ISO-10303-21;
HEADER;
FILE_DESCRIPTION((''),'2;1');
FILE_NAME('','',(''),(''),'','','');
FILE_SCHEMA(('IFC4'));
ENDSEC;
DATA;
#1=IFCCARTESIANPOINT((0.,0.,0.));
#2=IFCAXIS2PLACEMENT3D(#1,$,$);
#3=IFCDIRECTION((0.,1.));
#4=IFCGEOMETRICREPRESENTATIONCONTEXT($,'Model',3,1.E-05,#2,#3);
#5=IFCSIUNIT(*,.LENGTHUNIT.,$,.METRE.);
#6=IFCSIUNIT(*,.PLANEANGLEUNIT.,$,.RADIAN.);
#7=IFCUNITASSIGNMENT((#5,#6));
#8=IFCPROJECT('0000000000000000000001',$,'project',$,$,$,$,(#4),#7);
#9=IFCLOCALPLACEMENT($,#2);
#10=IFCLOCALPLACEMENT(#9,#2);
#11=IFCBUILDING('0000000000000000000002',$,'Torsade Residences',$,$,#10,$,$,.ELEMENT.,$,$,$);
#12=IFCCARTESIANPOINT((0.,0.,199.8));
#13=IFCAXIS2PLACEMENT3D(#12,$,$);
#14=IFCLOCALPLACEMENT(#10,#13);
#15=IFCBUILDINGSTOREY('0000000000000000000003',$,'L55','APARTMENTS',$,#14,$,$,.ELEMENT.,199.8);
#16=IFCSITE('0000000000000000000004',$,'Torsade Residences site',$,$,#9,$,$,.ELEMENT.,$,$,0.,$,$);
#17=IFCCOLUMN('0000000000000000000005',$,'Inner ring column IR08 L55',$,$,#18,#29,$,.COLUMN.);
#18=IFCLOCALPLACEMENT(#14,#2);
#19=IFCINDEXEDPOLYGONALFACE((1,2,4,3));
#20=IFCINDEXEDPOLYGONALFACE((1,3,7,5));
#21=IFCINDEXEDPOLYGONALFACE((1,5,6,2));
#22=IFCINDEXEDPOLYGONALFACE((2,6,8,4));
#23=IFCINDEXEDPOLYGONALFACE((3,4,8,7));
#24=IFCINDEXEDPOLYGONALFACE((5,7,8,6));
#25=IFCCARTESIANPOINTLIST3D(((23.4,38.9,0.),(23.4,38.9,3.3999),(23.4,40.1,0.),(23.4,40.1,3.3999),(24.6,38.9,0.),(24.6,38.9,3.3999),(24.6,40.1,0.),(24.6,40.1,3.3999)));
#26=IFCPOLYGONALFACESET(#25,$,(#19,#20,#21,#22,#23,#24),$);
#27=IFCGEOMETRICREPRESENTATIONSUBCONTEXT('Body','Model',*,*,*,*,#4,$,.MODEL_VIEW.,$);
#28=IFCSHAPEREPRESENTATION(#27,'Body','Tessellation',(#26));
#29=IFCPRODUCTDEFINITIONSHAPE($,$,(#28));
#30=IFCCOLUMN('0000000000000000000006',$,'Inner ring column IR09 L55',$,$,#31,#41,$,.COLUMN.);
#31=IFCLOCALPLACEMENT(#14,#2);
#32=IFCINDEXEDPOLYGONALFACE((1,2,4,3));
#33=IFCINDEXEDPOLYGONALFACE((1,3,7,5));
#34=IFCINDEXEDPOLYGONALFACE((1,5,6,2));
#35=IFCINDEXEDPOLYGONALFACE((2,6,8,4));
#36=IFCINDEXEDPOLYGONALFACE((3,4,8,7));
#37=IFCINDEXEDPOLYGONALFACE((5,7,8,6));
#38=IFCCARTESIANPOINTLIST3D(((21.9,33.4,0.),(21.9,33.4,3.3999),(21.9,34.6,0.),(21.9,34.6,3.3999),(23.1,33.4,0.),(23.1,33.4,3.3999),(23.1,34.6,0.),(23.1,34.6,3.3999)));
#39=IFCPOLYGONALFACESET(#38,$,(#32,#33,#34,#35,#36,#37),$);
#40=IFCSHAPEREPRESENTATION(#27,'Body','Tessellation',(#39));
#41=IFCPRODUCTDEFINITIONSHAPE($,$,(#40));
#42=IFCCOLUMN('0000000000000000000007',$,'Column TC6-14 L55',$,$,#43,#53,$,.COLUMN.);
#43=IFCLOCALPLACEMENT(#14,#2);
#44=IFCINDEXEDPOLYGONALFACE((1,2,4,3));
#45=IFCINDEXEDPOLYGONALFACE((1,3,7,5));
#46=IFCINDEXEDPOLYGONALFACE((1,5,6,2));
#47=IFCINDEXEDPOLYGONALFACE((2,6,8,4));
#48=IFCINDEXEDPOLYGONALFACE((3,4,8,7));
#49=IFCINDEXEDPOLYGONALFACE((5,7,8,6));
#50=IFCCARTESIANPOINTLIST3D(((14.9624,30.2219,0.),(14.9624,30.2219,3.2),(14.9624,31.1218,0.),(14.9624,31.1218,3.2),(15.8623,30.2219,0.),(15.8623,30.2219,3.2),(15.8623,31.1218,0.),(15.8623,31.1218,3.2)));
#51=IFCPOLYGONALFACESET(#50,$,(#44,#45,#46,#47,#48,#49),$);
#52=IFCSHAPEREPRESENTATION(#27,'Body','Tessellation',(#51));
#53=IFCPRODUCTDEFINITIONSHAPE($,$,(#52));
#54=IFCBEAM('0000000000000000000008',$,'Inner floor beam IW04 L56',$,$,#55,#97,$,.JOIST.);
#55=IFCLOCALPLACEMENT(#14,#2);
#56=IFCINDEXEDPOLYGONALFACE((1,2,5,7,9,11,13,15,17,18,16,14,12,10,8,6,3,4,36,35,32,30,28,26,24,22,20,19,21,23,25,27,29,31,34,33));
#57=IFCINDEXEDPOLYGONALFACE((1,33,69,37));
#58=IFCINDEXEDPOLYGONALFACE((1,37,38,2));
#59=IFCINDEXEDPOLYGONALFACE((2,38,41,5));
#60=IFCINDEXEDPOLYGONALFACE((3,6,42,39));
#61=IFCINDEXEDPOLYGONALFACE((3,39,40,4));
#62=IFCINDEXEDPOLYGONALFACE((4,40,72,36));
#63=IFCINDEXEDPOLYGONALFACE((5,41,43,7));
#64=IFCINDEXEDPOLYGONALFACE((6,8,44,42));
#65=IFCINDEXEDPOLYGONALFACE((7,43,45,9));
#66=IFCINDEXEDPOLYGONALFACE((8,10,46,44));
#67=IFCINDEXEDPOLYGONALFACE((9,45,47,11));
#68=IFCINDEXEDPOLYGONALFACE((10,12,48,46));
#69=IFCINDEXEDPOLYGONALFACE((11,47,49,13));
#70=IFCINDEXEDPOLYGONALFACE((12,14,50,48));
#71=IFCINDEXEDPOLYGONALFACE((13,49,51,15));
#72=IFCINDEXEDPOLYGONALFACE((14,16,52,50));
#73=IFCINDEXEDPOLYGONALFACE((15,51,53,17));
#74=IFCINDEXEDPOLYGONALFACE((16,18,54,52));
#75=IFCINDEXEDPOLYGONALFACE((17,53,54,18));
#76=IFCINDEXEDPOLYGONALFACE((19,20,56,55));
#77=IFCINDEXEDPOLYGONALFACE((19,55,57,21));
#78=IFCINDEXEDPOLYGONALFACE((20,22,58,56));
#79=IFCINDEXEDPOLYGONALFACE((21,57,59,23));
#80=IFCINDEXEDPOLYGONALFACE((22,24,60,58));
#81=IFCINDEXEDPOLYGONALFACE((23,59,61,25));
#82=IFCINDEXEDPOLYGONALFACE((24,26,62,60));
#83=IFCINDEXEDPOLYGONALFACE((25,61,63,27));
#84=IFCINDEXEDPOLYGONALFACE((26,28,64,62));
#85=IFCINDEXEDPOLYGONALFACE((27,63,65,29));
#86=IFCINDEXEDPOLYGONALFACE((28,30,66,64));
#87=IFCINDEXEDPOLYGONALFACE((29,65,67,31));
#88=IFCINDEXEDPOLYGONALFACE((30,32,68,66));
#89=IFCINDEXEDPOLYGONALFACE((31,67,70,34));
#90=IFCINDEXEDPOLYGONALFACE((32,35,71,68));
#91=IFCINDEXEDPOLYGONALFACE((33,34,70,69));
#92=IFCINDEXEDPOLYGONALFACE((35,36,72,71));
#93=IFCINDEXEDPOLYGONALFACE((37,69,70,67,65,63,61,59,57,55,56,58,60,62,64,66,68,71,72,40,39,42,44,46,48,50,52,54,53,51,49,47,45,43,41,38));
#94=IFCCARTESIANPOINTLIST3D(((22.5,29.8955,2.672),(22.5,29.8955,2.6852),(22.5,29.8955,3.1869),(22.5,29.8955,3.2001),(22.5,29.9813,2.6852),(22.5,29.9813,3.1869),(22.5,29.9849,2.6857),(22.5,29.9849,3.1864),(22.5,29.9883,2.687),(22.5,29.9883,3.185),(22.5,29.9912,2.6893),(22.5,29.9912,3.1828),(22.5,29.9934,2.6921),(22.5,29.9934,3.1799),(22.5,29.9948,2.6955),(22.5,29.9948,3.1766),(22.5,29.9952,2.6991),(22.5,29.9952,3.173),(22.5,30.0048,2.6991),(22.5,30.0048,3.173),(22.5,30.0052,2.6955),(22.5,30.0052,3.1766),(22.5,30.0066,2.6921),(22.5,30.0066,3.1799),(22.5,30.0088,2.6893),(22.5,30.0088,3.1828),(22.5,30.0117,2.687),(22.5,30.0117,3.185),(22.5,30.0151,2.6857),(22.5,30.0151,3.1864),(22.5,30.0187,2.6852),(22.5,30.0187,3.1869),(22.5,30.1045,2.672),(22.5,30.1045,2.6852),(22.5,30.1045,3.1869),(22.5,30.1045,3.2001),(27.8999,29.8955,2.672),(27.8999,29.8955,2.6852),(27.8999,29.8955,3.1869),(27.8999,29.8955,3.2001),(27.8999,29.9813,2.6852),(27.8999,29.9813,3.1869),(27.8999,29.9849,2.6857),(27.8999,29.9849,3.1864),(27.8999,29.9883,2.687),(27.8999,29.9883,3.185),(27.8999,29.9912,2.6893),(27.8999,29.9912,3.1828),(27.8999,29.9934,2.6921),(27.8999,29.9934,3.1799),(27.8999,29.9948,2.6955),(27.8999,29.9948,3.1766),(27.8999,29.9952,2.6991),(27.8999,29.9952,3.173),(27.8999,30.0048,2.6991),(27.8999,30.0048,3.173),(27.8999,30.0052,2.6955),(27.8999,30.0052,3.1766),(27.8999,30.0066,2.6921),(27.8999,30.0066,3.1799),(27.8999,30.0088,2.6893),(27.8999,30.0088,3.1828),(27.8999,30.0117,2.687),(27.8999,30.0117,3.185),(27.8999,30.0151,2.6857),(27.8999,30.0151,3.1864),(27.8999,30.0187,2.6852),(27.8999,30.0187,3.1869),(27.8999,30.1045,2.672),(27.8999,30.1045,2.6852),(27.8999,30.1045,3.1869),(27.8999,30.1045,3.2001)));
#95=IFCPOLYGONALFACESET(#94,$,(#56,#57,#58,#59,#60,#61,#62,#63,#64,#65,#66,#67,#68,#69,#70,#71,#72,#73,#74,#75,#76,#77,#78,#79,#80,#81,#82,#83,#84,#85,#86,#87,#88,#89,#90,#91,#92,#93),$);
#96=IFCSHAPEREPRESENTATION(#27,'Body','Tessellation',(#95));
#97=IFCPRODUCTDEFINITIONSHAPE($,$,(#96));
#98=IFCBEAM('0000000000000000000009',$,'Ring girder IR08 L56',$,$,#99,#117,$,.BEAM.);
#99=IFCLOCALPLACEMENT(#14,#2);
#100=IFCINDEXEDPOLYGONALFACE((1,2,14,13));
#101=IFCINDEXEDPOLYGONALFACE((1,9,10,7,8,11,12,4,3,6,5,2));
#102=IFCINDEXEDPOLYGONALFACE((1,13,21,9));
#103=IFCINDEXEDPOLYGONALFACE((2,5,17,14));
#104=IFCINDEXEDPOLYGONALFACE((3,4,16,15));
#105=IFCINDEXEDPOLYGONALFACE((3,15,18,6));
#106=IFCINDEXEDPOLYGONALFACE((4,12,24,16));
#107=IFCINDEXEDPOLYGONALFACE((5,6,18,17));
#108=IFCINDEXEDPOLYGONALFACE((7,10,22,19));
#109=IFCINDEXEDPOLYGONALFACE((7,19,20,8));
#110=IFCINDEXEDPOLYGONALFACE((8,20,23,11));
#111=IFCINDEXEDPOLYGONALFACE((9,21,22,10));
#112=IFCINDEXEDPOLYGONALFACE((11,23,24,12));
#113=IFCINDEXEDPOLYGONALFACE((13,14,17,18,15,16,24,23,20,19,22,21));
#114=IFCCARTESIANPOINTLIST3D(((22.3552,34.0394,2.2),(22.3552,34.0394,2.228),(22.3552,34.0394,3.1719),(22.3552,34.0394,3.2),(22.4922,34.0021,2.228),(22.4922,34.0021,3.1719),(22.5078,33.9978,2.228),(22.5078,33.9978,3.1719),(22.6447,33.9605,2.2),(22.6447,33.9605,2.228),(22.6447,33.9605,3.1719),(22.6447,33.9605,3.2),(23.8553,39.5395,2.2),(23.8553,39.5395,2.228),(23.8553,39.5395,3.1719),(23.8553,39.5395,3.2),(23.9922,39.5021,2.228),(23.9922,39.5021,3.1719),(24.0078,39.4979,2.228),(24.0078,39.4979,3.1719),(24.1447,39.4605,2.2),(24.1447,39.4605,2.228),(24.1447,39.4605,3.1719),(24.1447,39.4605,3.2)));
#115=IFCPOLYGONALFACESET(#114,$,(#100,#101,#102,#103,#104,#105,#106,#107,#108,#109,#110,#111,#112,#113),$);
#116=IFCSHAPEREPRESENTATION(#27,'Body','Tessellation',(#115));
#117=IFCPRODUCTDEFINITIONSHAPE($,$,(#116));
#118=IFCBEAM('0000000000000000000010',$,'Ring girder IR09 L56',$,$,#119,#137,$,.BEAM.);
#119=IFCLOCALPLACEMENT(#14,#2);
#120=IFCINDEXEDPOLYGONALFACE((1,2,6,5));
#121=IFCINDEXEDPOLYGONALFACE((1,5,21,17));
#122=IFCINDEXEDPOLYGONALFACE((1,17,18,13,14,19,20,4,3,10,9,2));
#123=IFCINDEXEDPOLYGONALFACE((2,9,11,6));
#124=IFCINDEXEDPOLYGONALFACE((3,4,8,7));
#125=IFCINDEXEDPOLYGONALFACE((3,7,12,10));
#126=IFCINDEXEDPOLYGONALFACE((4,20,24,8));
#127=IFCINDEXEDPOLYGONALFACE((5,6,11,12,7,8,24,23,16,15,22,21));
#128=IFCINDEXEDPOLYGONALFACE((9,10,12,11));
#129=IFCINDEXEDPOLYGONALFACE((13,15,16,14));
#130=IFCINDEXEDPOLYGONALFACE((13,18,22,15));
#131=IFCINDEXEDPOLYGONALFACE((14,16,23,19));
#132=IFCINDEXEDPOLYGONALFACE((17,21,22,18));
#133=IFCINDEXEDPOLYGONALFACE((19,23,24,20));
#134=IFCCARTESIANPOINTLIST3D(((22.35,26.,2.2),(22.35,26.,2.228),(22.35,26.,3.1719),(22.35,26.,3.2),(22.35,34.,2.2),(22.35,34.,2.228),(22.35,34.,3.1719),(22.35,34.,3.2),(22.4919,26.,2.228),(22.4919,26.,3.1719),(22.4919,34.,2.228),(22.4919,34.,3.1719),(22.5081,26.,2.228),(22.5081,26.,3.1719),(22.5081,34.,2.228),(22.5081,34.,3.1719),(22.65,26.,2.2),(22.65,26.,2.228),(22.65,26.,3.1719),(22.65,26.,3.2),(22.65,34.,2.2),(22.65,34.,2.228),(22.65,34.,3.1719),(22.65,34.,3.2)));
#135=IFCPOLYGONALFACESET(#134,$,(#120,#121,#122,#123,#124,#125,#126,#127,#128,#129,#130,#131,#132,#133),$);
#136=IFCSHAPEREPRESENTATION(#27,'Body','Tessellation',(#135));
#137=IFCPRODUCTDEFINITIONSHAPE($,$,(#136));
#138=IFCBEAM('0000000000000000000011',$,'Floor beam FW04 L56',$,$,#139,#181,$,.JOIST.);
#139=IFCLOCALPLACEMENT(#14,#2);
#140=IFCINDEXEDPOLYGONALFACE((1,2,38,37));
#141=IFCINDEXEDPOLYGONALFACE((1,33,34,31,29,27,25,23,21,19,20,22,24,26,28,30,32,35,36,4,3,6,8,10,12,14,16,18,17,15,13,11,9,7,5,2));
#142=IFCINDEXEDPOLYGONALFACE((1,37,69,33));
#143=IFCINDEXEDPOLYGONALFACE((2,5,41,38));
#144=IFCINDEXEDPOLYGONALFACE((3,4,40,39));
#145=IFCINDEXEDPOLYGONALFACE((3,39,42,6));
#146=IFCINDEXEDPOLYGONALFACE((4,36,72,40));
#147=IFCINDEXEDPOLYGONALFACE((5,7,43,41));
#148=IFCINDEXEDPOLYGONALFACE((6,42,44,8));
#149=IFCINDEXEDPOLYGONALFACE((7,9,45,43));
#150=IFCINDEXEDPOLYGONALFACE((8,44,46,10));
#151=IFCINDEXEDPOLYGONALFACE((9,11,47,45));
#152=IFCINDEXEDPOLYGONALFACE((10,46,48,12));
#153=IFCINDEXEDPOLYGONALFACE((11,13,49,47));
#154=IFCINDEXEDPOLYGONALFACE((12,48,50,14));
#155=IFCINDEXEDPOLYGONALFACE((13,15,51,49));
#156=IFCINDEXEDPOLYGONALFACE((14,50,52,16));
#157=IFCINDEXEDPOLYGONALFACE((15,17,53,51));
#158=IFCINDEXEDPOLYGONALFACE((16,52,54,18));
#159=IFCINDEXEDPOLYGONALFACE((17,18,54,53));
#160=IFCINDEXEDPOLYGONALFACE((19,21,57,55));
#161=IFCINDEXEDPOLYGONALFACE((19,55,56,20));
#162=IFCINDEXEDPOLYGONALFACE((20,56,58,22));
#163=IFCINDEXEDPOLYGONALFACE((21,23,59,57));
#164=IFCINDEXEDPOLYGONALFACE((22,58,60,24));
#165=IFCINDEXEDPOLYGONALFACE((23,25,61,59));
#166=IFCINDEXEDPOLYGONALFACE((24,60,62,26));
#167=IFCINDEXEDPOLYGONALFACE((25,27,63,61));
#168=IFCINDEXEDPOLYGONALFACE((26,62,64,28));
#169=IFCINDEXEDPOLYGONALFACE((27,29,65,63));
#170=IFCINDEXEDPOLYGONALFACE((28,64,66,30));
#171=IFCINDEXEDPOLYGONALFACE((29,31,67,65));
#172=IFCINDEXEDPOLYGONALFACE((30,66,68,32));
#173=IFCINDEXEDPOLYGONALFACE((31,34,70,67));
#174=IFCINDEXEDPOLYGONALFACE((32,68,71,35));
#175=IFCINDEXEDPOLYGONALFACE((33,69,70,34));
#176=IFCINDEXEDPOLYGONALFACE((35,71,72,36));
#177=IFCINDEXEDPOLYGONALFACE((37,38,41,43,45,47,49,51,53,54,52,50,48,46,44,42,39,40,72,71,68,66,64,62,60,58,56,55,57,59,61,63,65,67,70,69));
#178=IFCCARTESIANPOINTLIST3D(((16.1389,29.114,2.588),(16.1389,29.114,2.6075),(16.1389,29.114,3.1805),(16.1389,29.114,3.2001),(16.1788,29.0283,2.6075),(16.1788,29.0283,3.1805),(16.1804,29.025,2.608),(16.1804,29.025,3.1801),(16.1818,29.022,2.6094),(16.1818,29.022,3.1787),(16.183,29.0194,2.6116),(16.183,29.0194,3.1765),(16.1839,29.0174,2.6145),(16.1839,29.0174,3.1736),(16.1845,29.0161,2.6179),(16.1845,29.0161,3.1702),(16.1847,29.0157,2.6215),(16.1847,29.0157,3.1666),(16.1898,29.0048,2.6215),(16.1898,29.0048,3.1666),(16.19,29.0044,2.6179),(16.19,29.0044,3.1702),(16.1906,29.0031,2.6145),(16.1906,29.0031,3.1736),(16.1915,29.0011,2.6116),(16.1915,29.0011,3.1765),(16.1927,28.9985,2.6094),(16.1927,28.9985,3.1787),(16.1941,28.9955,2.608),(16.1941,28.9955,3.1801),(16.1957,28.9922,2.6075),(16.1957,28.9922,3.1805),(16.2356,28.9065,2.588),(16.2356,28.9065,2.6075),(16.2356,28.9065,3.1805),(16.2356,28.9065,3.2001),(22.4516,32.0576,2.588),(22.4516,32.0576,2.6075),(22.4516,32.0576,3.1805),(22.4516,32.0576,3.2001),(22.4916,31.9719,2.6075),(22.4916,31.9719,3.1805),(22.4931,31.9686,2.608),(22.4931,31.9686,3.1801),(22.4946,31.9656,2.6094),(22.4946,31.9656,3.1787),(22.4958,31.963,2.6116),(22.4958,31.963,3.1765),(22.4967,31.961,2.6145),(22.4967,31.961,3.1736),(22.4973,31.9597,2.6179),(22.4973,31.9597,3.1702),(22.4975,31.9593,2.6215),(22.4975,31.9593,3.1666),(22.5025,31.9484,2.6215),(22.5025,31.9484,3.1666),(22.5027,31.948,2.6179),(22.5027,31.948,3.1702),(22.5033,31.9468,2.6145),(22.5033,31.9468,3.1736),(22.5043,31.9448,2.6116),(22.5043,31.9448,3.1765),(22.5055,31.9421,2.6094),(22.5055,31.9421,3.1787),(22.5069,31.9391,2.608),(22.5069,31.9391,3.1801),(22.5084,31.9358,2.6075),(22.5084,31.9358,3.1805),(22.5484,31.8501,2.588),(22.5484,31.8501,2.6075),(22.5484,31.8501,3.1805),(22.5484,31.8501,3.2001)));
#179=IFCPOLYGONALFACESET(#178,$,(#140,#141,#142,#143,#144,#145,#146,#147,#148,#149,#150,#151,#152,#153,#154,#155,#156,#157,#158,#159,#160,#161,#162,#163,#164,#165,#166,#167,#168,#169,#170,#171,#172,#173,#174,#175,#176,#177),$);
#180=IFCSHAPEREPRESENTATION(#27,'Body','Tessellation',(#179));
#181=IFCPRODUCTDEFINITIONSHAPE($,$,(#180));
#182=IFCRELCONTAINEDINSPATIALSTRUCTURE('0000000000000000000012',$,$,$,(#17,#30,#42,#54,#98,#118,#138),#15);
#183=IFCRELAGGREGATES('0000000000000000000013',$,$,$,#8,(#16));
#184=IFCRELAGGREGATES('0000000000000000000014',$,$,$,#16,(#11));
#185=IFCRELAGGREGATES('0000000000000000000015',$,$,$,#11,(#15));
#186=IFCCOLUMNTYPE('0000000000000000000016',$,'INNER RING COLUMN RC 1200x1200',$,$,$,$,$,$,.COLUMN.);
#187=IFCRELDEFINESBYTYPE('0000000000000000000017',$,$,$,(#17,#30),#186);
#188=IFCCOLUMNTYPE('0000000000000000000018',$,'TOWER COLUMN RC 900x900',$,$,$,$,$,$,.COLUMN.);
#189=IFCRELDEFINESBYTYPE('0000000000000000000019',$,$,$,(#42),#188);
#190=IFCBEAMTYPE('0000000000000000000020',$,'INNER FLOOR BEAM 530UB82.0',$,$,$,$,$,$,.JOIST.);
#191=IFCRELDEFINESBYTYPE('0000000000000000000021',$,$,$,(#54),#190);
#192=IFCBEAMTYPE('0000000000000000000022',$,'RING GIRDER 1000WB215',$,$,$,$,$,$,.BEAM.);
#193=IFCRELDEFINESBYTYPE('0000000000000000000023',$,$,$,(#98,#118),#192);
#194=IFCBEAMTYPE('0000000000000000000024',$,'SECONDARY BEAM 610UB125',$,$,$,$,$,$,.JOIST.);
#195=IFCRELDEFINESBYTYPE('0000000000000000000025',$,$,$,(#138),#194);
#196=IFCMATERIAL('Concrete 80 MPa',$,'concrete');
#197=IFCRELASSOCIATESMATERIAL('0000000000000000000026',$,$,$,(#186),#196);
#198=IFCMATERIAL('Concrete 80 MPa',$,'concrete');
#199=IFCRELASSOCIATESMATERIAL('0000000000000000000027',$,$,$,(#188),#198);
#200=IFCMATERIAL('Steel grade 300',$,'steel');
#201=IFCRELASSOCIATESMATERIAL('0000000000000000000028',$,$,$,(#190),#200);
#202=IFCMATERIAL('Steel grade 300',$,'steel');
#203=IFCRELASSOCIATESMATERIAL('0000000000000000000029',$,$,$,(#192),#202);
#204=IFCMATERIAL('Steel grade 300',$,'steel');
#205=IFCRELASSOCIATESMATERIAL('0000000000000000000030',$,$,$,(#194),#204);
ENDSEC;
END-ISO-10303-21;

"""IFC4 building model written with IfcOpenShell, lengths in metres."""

from ifc_helpers import new_model, si_unit, direction, frame, origin, origin_2d, place, context, subcontext, project, spatial, rectangle, i_section, extrude, material, material_profile, profile_set, type_object, element, save


model = new_model("IFC4")

# Units and contexts
model_context = context("Model", 3, precision=1e-05, world=origin(), true_north=direction((0.0, 1.0)))
body_context = subcontext(model_context, "Body", "Model", "MODEL_VIEW")
ifc_project = project(units=[si_unit("LENGTHUNIT", "METRE"), si_unit("PLANEANGLEUNIT", "RADIAN")], contexts=[model_context])

# Site, building, storey
site_placement = place(None, origin())
site = spatial("IfcSite", under=ifc_project, at=site_placement, Name="Torsade Residences site", CompositionType="ELEMENT", RefElevation=0.0)
building_placement = place(site_placement, origin())
building = spatial("IfcBuilding", under=site, at=building_placement, Name="Torsade Residences", CompositionType="ELEMENT")
storey_placement = place(building_placement, frame((0.0, 0.0, 199.8)))
storey = spatial("IfcBuildingStorey", under=building, at=storey_placement, Name="L55", Description="APARTMENTS", CompositionType="ELEMENT", Elevation=199.8)

# Columns
ifc_material_1 = material(Name="Concrete 80 MPa", Category="concrete")
ifc_material_profile_1 = material_profile(ifc_material_1, rectangle(XDim=1.2, YDim=1.2, at=origin_2d()), Name="RC 1200x1200")
ifc_profile_set_1 = profile_set([ifc_material_profile_1], Name="Concrete 80 MPa")
column_type_1 = type_object("IfcColumnType", Name="INNER RING COLUMN RC 1200x1200", PredefinedType="COLUMN", material=ifc_profile_set_1)
for number, where, z_axis, x_axis, name in (
    (1, (24.0, 39.5, 0.0), (0.0, 0.0, 1.0), (1.0, 0.0, 0.0), "Inner ring column IR08 L55"),
    (2, (22.5, 34.0, 0.0), (0.0, 0.0, 1.0), (1.0, 0.0, 0.0), "Inner ring column IR09 L55"),
):
    element("IfcColumn", number, at=place(storey_placement, frame(where, z_axis=z_axis, x_axis=x_axis)), inside=storey, type_object=column_type_1, Name=name, PredefinedType="COLUMN", context=body_context, shape_type="SweptSolid", body=[
        extrude(rectangle(XDim=1.2, YDim=1.2, at=origin_2d()), origin(), (0.0, 0.0, 1.0), 3.3999),
    ])
ifc_material_2 = material(Name="Concrete 80 MPa", Category="concrete")
ifc_material_profile_2 = material_profile(ifc_material_2, rectangle(XDim=0.8999, YDim=0.8999, at=origin_2d()), Name="RC 900x900")
ifc_profile_set_2 = profile_set([ifc_material_profile_2], Name="Concrete 80 MPa")
column_type_2 = type_object("IfcColumnType", Name="TOWER COLUMN RC 900x900", PredefinedType="COLUMN", material=ifc_profile_set_2)
column_placement = place(storey_placement, frame((15.4124, 30.6719, 0.0), z_axis=(0.0, 0.0, 1.0), x_axis=(1.0, 0.0, 0.0)))
element("IfcColumn", 3, at=column_placement, inside=storey, type_object=column_type_2, Name="Column TC6-14 L55", PredefinedType="COLUMN", context=body_context, shape_type="SweptSolid", body=[
    extrude(rectangle(XDim=0.8999, YDim=0.8999, at=origin_2d()), origin(), (0.0, 0.0, 1.0), 3.2),
])

# Beams
ifc_material_3 = material(Name="Steel grade 300", Category="steel")
ifc_material_profile_3 = material_profile(ifc_material_3, i_section(OverallWidth=0.209, OverallDepth=0.5281, WebThickness=0.0095, FlangeThickness=0.0132, FilletRadius=0.0139, at=origin_2d()), Name="530UB82.0")
ifc_profile_set_3 = profile_set([ifc_material_profile_3], Name="Steel grade 300")
beam_type_1 = type_object("IfcBeamType", Name="INNER FLOOR BEAM 530UB82.0", PredefinedType="JOIST", material=ifc_profile_set_3)
beam_1_placement = place(storey_placement, frame((27.8999, 30.0, 2.936), z_axis=(-1.0, 0.0, 0.0), x_axis=(0.0, -1.0, 0.0)))
element("IfcBeam", 4, at=beam_1_placement, inside=storey, type_object=beam_type_1, Name="Inner floor beam IW04 L56", PredefinedType="JOIST", context=body_context, shape_type="SweptSolid", body=[
    extrude(i_section(OverallWidth=0.209, OverallDepth=0.5281, WebThickness=0.0095, FlangeThickness=0.0132, FilletRadius=0.0139, at=origin_2d()), origin(), (0.0, 0.0, 1.0), 5.3999),
])
ifc_material_4 = material(Name="Steel grade 300", Category="steel")
ifc_material_profile_4 = material_profile(ifc_material_4, i_section(OverallWidth=0.3, OverallDepth=1.0, WebThickness=0.0161, FlangeThickness=0.0281, at=origin_2d()), Name="1000WB215")
ifc_profile_set_4 = profile_set([ifc_material_profile_4], Name="Steel grade 300")
beam_type_2 = type_object("IfcBeamType", Name="RING GIRDER 1000WB215", PredefinedType="BEAM", material=ifc_profile_set_4)
beam_2_placement = place(storey_placement, frame((24.0, 39.5, 2.7), z_axis=(-0.263117, -0.964764, 0.0), x_axis=(0.964764, -0.263117, 0.0)))
element("IfcBeam", 5, at=beam_2_placement, inside=storey, type_object=beam_type_2, Name="Ring girder IR08 L56", PredefinedType="BEAM", context=body_context, shape_type="SweptSolid", body=[
    extrude(i_section(OverallWidth=0.3, OverallDepth=1.0, WebThickness=0.0161, FlangeThickness=0.0281, at=origin_2d()), origin(), (0.0, 0.0, 1.0), 5.7009),
])
beam_3_placement = place(storey_placement, frame((22.5, 34.0, 2.7), z_axis=(0.0, -1.0, 0.0), x_axis=(1.0, 0.0, 0.0)))
element("IfcBeam", 6, at=beam_3_placement, inside=storey, type_object=beam_type_2, Name="Ring girder IR09 L56", PredefinedType="BEAM", context=body_context, shape_type="SweptSolid", body=[
    extrude(i_section(OverallWidth=0.3, OverallDepth=1.0, WebThickness=0.0161, FlangeThickness=0.0281, at=origin_2d()), origin(), (0.0, 0.0, 1.0), 8.0),
])
ifc_material_5 = material(Name="Steel grade 300", Category="steel")
ifc_material_profile_5 = material_profile(ifc_material_5, i_section(OverallWidth=0.229, OverallDepth=0.6121, WebThickness=0.012, FlangeThickness=0.0195, FilletRadius=0.0139, at=origin_2d()), Name="610UB125")
ifc_profile_set_5 = profile_set([ifc_material_profile_5], Name="Steel grade 300")
beam_type_3 = type_object("IfcBeamType", Name="SECONDARY BEAM 610UB125", PredefinedType="JOIST", material=ifc_profile_set_5)
beam_4_placement = place(storey_placement, frame((16.1873, 29.0103, 2.894), z_axis=(0.906312, 0.422609, 0.0), x_axis=(-0.422609, 0.906312, 0.0)))
element("IfcBeam", 7, at=beam_4_placement, inside=storey, type_object=beam_type_3, Name="Floor beam FW04 L56", PredefinedType="JOIST", context=body_context, shape_type="SweptSolid", body=[
    extrude(i_section(OverallWidth=0.229, OverallDepth=0.6121, WebThickness=0.012, FlangeThickness=0.0195, FilletRadius=0.0139, at=origin_2d()), origin(), (0.0, 0.0, 1.0), 6.9653),
])

save(model, "model.ifc")
